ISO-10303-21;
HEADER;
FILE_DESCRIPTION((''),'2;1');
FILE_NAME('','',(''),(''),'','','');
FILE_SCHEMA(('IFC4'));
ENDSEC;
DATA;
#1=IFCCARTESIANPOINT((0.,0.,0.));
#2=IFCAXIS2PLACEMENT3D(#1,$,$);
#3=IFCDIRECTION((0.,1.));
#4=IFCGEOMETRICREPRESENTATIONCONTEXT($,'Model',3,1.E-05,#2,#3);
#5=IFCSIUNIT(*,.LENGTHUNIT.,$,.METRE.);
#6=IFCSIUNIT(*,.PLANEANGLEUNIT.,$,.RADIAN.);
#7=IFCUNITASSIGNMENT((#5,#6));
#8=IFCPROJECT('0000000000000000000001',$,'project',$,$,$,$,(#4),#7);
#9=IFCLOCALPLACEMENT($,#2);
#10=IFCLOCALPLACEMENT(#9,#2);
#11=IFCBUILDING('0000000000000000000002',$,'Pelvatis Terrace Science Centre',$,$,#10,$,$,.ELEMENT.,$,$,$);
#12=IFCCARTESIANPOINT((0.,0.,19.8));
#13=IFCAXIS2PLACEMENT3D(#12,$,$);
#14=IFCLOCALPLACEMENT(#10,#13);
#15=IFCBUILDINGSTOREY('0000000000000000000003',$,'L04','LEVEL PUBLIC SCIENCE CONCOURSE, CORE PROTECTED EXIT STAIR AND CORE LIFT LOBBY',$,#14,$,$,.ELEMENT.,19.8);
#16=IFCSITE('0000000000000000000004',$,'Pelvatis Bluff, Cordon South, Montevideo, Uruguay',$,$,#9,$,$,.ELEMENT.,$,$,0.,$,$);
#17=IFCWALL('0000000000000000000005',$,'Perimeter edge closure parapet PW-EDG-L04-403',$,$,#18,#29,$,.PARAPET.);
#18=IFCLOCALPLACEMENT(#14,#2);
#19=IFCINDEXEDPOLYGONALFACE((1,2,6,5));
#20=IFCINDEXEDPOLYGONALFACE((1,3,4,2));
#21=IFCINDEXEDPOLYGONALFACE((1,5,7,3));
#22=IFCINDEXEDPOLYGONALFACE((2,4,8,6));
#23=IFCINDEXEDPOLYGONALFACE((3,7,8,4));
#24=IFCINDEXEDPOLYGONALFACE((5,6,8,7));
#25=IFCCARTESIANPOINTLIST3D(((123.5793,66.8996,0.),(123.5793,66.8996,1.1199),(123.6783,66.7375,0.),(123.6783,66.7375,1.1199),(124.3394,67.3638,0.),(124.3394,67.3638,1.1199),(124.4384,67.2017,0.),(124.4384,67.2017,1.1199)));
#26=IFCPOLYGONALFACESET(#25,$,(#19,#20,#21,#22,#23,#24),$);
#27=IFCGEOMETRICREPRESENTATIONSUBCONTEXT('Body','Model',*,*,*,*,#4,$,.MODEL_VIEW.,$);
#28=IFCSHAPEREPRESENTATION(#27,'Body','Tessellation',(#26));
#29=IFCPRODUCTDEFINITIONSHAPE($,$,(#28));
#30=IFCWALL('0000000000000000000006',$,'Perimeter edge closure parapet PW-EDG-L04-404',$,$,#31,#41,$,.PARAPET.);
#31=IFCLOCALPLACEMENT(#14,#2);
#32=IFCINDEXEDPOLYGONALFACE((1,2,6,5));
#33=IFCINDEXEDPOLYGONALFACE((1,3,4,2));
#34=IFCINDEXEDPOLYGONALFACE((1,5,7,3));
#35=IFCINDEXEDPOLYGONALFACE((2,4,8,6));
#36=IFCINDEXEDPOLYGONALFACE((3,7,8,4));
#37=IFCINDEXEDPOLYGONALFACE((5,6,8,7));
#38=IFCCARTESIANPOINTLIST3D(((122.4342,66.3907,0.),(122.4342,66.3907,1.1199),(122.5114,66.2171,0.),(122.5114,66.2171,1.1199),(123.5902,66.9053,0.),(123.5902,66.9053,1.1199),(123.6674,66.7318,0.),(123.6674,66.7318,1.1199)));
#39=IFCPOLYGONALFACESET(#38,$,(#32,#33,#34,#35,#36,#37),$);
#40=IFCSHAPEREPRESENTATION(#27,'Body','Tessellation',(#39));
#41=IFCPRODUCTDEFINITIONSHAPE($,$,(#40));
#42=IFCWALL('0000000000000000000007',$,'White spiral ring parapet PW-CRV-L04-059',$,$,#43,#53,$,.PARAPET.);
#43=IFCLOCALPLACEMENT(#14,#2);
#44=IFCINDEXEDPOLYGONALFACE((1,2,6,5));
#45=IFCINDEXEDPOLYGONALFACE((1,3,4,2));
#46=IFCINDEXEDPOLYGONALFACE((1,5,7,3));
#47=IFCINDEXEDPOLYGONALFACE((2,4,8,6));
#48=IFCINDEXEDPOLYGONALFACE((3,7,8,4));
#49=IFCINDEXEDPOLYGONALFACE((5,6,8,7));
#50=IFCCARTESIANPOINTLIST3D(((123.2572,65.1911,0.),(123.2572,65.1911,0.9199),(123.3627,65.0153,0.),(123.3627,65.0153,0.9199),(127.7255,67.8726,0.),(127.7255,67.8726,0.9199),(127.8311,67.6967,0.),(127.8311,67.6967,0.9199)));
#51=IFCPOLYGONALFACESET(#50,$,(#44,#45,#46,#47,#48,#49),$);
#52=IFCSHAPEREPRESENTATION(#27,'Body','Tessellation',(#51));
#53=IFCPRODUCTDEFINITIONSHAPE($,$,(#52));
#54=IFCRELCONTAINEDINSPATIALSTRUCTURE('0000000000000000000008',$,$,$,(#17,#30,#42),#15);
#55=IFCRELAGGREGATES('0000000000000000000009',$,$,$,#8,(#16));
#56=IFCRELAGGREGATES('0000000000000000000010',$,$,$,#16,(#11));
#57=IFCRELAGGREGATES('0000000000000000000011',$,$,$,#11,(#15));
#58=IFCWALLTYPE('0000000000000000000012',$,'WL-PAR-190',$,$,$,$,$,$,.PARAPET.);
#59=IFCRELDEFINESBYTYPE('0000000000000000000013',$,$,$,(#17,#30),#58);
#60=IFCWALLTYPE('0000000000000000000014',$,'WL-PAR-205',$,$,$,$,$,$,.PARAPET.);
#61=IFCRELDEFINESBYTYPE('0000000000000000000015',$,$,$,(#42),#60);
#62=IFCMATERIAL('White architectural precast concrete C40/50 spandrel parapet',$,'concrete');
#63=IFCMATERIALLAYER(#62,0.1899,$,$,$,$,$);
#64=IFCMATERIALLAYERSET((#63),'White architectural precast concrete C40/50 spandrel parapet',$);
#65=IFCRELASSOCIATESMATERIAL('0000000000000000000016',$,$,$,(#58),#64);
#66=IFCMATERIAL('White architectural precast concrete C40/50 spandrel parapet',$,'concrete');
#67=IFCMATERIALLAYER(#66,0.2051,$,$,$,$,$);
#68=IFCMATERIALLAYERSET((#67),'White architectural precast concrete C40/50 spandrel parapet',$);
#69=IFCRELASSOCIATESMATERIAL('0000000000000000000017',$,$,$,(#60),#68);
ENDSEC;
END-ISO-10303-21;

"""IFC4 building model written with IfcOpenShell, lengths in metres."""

from ifc_helpers import new_model, si_unit, direction, frame, frame_2d, origin, place, context, subcontext, project, spatial, rectangle, extrude, material, layer, layer_set, type_object, element, save


model = new_model("IFC4")

# Units and contexts
model_context = context("Model", 3, precision=1e-05, world=origin(), true_north=direction((0.0, 1.0)))
body_context = subcontext(model_context, "Body", "Model", "MODEL_VIEW")
ifc_project = project(units=[si_unit("LENGTHUNIT", "METRE"), si_unit("PLANEANGLEUNIT", "RADIAN")], contexts=[model_context])

# Site, building, storey
site_placement = place(None, origin())
site = spatial("IfcSite", under=ifc_project, at=site_placement, Name="Pelvatis Bluff, Cordon South, Montevideo, Uruguay", CompositionType="ELEMENT", RefElevation=0.0)
building_placement = place(site_placement, origin())
building = spatial("IfcBuilding", under=site, at=building_placement, Name="Pelvatis Terrace Science Centre", CompositionType="ELEMENT")
storey_placement = place(building_placement, frame((0.0, 0.0, 19.8)))
storey = spatial("IfcBuildingStorey", under=building, at=storey_placement, Name="L04", Description="LEVEL PUBLIC SCIENCE CONCOURSE, CORE PROTECTED EXIT STAIR AND CORE LIFT LOBBY", CompositionType="ELEMENT", Elevation=19.8)

# Walls
ifc_material_1 = material(Name="White architectural precast concrete C40/50 spandrel parapet", Category="concrete")
ifc_layer_1 = layer(ifc_material_1, 0.1899)
ifc_layer_set_1 = layer_set([ifc_layer_1], Name="White architectural precast concrete C40/50 spandrel parapet")
wall_type_1 = type_object("IfcWallType", Name="WL-PAR-190", PredefinedType="PARAPET", material=ifc_layer_set_1)
wall_1_placement = place(storey_placement, frame((124.3889, 67.2827, 0.0), z_axis=(0.0, 0.0, 1.0), x_axis=(-0.853451, -0.521173, 0.0)))
element("IfcWall", 1, at=wall_1_placement, inside=storey, type_object=wall_type_1, Name="Perimeter edge closure parapet PW-EDG-L04-403", PredefinedType="PARAPET", context=body_context, shape_type="SweptSolid", body=[
    extrude(rectangle(XDim=0.8906, YDim=0.1899, at=frame_2d((0.4453, 0.0))), origin(), (0.0, 0.0, 1.0), 1.1199),
])
wall_2_placement = place(storey_placement, frame((123.6289, 66.8186, 0.0), z_axis=(0.0, 0.0, 1.0), x_axis=(-0.913557, -0.406711, 0.0)))
element("IfcWall", 2, at=wall_2_placement, inside=storey, type_object=wall_type_1, Name="Perimeter edge closure parapet PW-EDG-L04-404", PredefinedType="PARAPET", context=body_context, shape_type="SweptSolid", body=[
    extrude(rectangle(XDim=1.2654, YDim=0.1899, at=frame_2d((0.6328, 0.0))), origin(), (0.0, 0.0, 1.0), 1.1199),
])
ifc_material_2 = material(Name="White architectural precast concrete C40/50 spandrel parapet", Category="concrete")
ifc_layer_2 = layer(ifc_material_2, 0.2051)
ifc_layer_set_2 = layer_set([ifc_layer_2], Name="White architectural precast concrete C40/50 spandrel parapet")
wall_type_2 = type_object("IfcWallType", Name="WL-PAR-205", PredefinedType="PARAPET", material=ifc_layer_set_2)
wall_3_placement = place(storey_placement, frame((123.3101, 65.1033, 0.0), z_axis=(0.0, 0.0, 1.0), x_axis=(0.857456, 0.514558, 0.0)))
element("IfcWall", 3, at=wall_3_placement, inside=storey, type_object=wall_type_2, Name="White spiral ring parapet PW-CRV-L04-059", PredefinedType="PARAPET", context=body_context, shape_type="SweptSolid", body=[
    extrude(rectangle(XDim=5.2112, YDim=0.2051, at=frame_2d((2.6055, 0.0))), origin(), (0.0, 0.0, 1.0), 0.9199),
])

save(model, "model.ifc")
